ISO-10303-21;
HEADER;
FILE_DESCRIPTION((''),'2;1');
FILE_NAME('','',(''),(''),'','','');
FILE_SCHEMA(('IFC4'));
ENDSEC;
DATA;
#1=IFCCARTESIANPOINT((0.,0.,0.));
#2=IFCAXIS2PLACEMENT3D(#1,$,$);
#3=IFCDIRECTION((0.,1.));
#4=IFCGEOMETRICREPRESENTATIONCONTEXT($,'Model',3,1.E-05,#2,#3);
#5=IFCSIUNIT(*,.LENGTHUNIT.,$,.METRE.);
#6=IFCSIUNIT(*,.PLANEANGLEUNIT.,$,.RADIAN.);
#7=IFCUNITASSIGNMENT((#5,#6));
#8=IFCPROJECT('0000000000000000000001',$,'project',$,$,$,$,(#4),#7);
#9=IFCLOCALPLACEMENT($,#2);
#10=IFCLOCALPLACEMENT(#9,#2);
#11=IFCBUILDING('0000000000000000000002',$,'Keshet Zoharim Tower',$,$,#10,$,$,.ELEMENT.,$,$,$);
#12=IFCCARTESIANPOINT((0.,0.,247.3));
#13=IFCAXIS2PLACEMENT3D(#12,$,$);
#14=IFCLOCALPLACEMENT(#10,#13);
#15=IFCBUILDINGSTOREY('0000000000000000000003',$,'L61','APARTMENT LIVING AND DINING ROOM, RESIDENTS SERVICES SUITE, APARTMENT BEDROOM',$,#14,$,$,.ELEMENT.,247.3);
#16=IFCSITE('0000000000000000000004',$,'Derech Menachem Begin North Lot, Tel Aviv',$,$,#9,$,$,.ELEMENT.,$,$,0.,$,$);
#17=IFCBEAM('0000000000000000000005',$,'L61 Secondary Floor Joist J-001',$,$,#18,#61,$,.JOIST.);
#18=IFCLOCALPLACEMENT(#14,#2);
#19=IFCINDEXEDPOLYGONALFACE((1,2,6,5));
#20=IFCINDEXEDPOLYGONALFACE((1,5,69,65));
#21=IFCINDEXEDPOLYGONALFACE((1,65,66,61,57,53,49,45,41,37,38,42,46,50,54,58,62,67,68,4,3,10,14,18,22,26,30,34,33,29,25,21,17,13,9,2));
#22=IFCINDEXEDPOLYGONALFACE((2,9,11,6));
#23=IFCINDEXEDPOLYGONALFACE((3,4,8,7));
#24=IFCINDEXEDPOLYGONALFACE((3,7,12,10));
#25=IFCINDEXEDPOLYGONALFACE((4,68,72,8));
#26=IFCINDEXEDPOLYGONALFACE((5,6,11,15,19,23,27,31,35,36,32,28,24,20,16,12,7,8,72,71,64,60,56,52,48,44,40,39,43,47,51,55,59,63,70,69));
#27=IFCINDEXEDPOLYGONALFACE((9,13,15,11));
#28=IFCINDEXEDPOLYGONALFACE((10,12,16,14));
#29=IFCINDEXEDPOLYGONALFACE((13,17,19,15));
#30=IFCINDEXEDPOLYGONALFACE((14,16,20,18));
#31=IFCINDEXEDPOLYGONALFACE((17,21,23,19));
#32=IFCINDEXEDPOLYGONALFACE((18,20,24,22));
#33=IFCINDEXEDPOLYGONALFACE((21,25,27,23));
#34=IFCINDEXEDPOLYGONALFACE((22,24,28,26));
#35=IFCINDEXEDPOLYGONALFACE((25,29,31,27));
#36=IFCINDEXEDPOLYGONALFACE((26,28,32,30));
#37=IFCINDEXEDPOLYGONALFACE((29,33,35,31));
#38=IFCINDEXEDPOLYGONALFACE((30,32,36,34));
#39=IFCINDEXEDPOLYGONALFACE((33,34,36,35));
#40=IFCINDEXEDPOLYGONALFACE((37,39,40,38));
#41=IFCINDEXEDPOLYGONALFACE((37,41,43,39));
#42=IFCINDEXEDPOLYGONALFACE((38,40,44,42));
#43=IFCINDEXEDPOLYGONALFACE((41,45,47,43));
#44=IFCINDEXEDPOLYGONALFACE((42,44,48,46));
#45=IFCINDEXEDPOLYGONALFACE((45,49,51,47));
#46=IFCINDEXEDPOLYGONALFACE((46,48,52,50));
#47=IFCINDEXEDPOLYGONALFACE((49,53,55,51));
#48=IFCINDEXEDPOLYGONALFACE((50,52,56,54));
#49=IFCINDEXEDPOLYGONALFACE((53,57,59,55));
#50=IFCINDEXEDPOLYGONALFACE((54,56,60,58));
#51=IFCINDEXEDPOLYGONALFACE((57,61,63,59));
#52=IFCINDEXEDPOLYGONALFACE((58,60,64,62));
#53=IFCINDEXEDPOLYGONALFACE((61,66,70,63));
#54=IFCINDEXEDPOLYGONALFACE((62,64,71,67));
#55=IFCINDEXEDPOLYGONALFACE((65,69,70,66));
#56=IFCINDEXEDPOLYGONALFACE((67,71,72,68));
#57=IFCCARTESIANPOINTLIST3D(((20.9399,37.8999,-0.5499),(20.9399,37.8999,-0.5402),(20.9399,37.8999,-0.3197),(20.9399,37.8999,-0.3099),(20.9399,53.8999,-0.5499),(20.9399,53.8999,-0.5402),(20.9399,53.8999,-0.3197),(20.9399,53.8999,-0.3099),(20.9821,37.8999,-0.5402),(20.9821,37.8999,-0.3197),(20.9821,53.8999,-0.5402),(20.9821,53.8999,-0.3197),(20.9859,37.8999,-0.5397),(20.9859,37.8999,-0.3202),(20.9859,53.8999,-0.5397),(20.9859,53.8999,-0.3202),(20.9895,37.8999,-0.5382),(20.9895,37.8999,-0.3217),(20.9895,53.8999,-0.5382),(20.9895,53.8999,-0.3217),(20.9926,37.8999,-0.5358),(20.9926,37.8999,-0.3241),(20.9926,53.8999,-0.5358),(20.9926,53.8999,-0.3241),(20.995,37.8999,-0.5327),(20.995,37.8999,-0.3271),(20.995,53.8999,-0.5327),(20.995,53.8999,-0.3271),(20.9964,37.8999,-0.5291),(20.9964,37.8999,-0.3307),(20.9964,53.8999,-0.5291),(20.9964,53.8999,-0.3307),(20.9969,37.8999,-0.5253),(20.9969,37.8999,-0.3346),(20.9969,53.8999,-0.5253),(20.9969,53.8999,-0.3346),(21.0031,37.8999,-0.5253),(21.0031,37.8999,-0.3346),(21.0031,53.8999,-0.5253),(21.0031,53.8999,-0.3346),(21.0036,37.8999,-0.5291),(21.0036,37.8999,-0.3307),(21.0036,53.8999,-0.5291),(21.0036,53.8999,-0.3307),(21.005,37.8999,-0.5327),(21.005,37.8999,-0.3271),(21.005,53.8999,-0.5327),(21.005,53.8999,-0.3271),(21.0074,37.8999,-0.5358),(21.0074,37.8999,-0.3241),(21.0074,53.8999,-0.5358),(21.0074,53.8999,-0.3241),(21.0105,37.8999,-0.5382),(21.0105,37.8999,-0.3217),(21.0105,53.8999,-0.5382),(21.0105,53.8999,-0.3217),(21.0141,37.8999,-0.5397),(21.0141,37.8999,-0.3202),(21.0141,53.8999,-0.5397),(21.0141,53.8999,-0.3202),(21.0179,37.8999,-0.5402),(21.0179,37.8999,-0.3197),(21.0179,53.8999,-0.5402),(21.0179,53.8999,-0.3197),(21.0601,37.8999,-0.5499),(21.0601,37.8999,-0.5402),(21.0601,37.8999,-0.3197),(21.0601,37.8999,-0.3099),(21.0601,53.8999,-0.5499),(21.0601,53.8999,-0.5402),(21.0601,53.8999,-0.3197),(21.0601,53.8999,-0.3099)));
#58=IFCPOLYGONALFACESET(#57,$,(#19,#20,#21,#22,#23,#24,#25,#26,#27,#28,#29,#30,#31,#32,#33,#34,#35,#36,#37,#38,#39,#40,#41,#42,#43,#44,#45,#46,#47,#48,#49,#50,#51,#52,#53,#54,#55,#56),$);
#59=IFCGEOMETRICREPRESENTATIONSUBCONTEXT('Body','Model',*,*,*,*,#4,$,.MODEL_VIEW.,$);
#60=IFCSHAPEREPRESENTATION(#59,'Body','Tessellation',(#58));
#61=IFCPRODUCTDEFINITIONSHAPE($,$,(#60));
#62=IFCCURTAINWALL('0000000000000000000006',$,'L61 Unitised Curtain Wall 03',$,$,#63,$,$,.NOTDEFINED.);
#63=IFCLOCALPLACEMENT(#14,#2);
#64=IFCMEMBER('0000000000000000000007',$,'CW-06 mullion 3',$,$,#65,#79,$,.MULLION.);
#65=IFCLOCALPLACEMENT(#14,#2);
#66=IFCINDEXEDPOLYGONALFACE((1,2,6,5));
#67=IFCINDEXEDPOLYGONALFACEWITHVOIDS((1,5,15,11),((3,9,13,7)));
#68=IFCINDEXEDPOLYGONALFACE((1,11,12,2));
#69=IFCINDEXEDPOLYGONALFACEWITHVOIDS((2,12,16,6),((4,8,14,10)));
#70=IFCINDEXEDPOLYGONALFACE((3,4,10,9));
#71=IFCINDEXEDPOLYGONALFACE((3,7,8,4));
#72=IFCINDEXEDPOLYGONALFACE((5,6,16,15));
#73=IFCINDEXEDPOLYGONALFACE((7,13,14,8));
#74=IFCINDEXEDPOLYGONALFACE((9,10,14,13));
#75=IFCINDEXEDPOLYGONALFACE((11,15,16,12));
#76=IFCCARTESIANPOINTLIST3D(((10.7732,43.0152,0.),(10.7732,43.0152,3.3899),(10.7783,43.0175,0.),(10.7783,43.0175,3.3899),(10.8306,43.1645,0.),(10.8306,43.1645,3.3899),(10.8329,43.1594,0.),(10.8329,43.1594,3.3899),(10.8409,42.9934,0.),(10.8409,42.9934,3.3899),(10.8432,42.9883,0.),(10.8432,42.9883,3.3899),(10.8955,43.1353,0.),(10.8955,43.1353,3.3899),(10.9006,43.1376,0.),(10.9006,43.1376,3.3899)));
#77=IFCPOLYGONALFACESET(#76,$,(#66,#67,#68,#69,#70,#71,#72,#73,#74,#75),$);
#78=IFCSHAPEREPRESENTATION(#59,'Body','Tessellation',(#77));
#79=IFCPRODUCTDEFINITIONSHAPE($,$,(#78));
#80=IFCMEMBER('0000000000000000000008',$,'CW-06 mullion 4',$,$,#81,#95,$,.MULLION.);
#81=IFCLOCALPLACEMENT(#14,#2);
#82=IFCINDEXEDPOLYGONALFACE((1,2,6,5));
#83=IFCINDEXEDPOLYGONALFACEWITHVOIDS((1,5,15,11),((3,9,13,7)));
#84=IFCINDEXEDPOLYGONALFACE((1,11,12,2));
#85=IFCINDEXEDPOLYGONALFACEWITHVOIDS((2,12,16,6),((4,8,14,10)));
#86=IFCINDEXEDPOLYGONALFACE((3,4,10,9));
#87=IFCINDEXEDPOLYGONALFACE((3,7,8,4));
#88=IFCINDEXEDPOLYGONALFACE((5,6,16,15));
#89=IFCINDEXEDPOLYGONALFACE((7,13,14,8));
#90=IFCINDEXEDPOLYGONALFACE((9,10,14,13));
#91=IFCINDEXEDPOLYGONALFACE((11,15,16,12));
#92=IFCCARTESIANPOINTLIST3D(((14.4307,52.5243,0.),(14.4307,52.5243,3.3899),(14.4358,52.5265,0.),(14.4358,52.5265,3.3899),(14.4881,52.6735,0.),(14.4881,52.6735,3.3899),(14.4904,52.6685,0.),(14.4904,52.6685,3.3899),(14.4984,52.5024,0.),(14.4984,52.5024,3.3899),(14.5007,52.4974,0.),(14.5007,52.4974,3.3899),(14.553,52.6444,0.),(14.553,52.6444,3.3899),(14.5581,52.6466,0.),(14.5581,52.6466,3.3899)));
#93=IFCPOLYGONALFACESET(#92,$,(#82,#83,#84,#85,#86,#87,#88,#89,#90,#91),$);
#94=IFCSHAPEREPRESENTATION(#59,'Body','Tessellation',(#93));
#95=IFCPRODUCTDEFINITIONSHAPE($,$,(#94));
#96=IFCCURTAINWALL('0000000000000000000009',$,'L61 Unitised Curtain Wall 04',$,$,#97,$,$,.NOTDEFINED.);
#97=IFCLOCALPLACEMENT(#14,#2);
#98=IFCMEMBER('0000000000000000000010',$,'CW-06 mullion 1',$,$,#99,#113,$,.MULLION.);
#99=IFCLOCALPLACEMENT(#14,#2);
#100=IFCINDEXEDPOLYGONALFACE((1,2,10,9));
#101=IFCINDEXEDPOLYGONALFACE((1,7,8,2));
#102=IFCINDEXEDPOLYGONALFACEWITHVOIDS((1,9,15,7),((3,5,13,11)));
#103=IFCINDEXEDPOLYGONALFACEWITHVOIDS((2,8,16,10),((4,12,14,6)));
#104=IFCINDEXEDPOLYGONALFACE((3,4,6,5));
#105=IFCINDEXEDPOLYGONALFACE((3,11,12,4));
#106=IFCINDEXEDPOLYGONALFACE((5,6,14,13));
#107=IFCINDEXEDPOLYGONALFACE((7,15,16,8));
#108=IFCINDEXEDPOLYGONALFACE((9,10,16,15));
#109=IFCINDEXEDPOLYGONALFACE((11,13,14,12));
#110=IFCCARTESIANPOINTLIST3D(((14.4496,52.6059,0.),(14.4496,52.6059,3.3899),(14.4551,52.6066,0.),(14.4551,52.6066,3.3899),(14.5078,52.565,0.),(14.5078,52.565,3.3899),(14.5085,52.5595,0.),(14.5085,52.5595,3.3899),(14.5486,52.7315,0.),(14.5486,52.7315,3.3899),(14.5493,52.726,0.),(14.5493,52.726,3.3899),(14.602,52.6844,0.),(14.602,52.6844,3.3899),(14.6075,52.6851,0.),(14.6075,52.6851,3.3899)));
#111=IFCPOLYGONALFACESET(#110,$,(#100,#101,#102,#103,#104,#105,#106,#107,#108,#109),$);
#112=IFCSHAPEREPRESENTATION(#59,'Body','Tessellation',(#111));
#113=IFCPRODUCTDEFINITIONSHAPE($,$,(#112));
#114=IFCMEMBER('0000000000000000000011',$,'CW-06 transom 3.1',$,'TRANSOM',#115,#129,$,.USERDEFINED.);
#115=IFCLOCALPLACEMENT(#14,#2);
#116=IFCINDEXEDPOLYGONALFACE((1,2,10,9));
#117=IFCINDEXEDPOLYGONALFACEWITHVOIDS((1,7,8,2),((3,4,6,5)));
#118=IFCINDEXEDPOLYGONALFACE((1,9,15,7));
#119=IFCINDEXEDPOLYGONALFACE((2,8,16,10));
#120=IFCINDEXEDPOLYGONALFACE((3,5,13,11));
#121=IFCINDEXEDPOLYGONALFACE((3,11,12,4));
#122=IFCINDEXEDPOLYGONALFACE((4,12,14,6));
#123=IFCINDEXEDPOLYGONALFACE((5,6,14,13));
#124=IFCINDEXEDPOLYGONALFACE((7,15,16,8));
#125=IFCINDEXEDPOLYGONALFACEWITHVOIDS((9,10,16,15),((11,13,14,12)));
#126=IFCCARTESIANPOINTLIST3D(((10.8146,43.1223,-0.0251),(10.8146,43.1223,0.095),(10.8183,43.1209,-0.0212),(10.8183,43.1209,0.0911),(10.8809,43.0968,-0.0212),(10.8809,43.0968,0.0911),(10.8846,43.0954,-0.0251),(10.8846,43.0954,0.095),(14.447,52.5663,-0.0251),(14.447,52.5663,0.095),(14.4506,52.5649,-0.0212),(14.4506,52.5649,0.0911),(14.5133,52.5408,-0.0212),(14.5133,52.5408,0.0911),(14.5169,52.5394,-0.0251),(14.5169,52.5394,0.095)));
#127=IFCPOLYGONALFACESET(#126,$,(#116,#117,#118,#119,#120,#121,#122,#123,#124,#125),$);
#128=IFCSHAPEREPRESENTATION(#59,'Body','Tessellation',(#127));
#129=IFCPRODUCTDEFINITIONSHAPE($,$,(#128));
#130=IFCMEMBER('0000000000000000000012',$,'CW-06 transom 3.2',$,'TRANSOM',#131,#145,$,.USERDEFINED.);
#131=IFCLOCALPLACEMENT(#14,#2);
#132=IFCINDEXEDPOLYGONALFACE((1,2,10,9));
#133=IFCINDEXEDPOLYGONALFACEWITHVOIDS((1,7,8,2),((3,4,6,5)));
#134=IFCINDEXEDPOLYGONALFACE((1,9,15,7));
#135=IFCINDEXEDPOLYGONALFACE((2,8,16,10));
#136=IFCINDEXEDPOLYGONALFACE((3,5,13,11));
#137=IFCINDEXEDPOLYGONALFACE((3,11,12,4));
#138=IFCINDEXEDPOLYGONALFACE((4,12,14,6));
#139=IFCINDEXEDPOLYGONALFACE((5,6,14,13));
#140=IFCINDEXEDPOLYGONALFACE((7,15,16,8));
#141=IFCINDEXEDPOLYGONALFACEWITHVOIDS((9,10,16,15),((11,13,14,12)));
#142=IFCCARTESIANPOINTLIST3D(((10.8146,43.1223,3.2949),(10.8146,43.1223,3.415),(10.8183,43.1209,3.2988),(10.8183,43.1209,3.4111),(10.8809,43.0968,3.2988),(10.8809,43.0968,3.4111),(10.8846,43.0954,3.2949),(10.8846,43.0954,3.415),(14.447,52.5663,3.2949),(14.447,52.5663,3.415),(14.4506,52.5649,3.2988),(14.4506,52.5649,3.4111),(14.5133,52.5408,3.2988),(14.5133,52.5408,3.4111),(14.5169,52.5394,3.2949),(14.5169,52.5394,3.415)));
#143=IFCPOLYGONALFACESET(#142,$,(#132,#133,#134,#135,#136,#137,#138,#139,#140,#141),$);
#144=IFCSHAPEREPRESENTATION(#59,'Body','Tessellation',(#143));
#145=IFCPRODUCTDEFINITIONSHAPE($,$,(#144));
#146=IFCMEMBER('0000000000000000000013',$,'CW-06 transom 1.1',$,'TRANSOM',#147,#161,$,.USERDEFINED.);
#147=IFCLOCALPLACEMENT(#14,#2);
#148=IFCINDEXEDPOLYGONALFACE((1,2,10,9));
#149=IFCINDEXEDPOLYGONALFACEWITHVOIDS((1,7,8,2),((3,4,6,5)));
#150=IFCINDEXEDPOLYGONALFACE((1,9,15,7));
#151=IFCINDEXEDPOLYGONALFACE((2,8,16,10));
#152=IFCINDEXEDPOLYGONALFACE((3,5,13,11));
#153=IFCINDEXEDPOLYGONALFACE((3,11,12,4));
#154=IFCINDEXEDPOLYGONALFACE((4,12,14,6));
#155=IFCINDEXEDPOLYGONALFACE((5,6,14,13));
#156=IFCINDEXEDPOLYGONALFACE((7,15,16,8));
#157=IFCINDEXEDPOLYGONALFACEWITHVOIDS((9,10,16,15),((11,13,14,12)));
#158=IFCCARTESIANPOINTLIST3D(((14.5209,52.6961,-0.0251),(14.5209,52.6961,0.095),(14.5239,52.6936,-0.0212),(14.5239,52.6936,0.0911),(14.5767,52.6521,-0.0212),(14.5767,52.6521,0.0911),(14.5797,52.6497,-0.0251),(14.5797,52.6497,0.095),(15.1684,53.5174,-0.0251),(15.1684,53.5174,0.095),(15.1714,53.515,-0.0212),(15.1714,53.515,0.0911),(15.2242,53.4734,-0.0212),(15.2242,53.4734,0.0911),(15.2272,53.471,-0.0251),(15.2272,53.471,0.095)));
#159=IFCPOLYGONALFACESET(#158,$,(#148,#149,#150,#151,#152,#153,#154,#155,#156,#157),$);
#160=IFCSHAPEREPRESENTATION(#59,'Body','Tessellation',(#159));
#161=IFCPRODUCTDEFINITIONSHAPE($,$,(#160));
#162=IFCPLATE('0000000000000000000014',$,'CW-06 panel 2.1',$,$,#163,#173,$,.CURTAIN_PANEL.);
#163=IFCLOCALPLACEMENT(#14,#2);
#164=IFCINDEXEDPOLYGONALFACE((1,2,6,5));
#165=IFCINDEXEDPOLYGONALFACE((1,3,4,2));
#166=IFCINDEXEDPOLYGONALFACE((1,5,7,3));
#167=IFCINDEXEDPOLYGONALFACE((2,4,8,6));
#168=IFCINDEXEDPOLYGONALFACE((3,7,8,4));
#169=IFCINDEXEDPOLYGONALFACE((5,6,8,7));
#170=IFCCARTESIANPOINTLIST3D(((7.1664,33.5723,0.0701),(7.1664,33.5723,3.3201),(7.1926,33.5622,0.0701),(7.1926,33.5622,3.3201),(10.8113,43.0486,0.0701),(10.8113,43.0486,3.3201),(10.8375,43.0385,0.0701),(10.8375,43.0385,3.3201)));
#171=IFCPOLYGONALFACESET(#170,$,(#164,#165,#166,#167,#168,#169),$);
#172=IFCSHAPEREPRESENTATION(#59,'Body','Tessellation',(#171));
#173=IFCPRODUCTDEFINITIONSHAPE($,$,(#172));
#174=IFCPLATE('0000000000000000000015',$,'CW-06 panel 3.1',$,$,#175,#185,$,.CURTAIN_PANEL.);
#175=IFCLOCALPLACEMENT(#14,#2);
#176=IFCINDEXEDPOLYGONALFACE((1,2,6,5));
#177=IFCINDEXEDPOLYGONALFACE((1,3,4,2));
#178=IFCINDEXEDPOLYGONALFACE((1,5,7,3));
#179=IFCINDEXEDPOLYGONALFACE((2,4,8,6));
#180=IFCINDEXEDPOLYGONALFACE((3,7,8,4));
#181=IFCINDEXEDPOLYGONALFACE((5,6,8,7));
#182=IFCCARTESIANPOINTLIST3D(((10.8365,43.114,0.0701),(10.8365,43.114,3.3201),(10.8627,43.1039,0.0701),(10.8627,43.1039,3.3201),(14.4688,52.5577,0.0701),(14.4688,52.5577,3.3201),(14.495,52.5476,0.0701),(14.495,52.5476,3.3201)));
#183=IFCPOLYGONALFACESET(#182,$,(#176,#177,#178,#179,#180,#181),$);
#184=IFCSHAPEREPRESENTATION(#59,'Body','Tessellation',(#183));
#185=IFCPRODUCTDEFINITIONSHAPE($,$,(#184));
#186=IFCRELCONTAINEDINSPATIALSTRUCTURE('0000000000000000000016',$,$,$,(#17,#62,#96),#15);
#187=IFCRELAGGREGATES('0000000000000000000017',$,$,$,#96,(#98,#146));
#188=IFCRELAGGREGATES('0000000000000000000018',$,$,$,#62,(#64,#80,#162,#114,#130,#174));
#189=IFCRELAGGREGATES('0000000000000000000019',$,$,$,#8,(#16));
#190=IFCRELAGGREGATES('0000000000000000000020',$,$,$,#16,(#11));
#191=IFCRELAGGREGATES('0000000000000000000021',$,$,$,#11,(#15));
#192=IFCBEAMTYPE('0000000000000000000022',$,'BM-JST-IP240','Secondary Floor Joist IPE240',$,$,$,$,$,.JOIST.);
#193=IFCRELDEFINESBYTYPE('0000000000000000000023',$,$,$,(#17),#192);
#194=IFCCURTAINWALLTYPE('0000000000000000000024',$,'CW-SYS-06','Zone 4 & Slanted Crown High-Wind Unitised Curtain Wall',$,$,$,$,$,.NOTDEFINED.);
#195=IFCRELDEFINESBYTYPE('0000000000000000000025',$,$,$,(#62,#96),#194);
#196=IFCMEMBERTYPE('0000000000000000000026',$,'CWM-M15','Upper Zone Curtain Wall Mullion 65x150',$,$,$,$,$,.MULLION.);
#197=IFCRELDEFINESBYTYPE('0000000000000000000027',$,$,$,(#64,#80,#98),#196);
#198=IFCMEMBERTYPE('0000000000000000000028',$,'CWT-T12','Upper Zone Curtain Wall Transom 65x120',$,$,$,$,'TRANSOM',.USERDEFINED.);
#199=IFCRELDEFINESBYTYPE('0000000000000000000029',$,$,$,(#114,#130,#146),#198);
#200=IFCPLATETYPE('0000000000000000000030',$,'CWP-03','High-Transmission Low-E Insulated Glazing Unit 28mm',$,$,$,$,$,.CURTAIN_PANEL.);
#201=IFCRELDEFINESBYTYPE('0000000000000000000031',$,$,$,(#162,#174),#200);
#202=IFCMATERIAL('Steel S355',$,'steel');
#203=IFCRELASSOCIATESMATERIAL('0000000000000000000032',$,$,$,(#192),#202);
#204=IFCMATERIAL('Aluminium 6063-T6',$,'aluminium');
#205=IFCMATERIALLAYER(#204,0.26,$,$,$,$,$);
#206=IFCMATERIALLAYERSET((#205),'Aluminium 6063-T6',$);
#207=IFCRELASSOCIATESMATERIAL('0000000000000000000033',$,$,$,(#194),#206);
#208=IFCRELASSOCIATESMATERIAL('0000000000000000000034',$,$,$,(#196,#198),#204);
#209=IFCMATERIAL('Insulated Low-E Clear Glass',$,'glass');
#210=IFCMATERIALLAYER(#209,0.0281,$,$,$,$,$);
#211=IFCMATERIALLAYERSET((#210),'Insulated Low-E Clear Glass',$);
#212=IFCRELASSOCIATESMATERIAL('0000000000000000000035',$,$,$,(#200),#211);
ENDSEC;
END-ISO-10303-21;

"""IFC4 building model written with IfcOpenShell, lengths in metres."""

from ifc_helpers import new_model, si_unit, direction, frame, origin, origin_2d, place, context, subcontext, project, spatial, rectangle, hollow_rectangle, i_section, extrude, material, layer, layer_set, material_profile, profile_set, type_object, element, aggregate, save


model = new_model("IFC4")

# Units and contexts
model_context = context("Model", 3, precision=1e-05, world=origin(), true_north=direction((0.0, 1.0)))
body_context = subcontext(model_context, "Body", "Model", "MODEL_VIEW")
ifc_project = project(units=[si_unit("LENGTHUNIT", "METRE"), si_unit("PLANEANGLEUNIT", "RADIAN")], contexts=[model_context])

# Site, building, storey
site_placement = place(None, origin())
site = spatial("IfcSite", under=ifc_project, at=site_placement, Name="Derech Menachem Begin North Lot, Tel Aviv", CompositionType="ELEMENT", RefElevation=0.0)
building_placement = place(site_placement, origin())
building = spatial("IfcBuilding", under=site, at=building_placement, Name="Keshet Zoharim Tower", CompositionType="ELEMENT")
storey_placement = place(building_placement, frame((0.0, 0.0, 247.3)))
storey = spatial("IfcBuildingStorey", under=building, at=storey_placement, Name="L61", Description="APARTMENT LIVING AND DINING ROOM, RESIDENTS SERVICES SUITE, APARTMENT BEDROOM", CompositionType="ELEMENT", Elevation=247.3)

# Beam
ifc_material_1 = material(Name="Steel S355", Category="steel")
ifc_material_profile_1 = material_profile(ifc_material_1, i_section(OverallWidth=0.1201, OverallDepth=0.24, WebThickness=0.0061, FlangeThickness=0.0098, FilletRadius=0.0149, at=origin_2d()), Name="IPE240")
ifc_profile_set_1 = profile_set([ifc_material_profile_1], Name="Steel S355")
beam_type = type_object("IfcBeamType", Name="BM-JST-IP240", Description="Secondary Floor Joist IPE240", PredefinedType="JOIST", material=ifc_profile_set_1)
beam_placement = place(storey_placement, frame((21.0, 37.8999, -0.4299), z_axis=(0.0, 1.0, 0.0), x_axis=(-1.0, 0.0, 0.0)))
element("IfcBeam", 1, at=beam_placement, inside=storey, type_object=beam_type, Name="L61 Secondary Floor Joist J-001", PredefinedType="JOIST", context=body_context, shape_type="SweptSolid", body=[
    extrude(i_section(OverallWidth=0.1201, OverallDepth=0.24, WebThickness=0.0061, FlangeThickness=0.0098, FilletRadius=0.0149, at=origin_2d()), origin(), (0.0, 0.0, 1.0), 16.0),
])

# Curtain wall, members
ifc_material_2 = material(Name="Aluminium 6063-T6", Category="aluminium")
ifc_layer_1 = layer(ifc_material_2, 0.26)
ifc_layer_set_1 = layer_set([ifc_layer_1], Name="Aluminium 6063-T6")
curtain_wall_type = type_object("IfcCurtainWallType", Name="CW-SYS-06", Description="Zone 4 & Slanted Crown High-Wind Unitised Curtain Wall", PredefinedType="NOTDEFINED", material=ifc_layer_set_1)
curtain_wall_1_placement = place(storey_placement, origin())
curtain_wall_1 = element("IfcCurtainWall", 2, at=curtain_wall_1_placement, inside=storey, type_object=curtain_wall_type, Name="L61 Unitised Curtain Wall 03", PredefinedType="NOTDEFINED")
ifc_material_profile_2 = material_profile(ifc_material_2, hollow_rectangle(XDim=0.075, YDim=0.1599, WallThickness=0.0039, at=origin_2d()), Name="MUL-75x160")
ifc_profile_set_2 = profile_set([ifc_material_profile_2], Name="Aluminium 6063-T6")
member_type_1 = type_object("IfcMemberType", Name="CWM-M15", Description="Upper Zone Curtain Wall Mullion 65x150", PredefinedType="MULLION", material=ifc_profile_set_2)
member_1_placement = place(storey_placement, frame((10.8369, 43.0764, 0.0), z_axis=(0.0, 0.0, 1.0), x_axis=(-0.933341, 0.35899, 0.0)))
member_1 = element("IfcMember", 3, at=member_1_placement, type_object=member_type_1, Name="CW-06 mullion 3", PredefinedType="MULLION", context=body_context, shape_type="SweptSolid", body=[
    extrude(hollow_rectangle(XDim=0.075, YDim=0.1599, WallThickness=0.0039, at=origin_2d()), origin(), (0.0, 0.0, 1.0), 3.3899),
])
member_2_placement = place(storey_placement, frame((14.4944, 52.5854, 0.0), z_axis=(0.0, 0.0, 1.0), x_axis=(-0.933341, 0.35899, 0.0)))
member_2 = element("IfcMember", 4, at=member_2_placement, type_object=member_type_1, Name="CW-06 mullion 4", PredefinedType="MULLION", context=body_context, shape_type="SweptSolid", body=[
    extrude(hollow_rectangle(XDim=0.075, YDim=0.1599, WallThickness=0.0039, at=origin_2d()), origin(), (0.0, 0.0, 1.0), 3.3899),
])

# Curtain wall, member
curtain_wall_2_placement = place(storey_placement, origin())
curtain_wall_2 = element("IfcCurtainWall", 5, at=curtain_wall_2_placement, inside=storey, type_object=curtain_wall_type, Name="L61 Unitised Curtain Wall 04", PredefinedType="NOTDEFINED")
member_3_placement = place(storey_placement, frame((14.5286, 52.6455, 0.0), z_axis=(0.0, 0.0, 1.0), x_axis=(-0.785293, 0.619125, 0.0)))
member_3 = element("IfcMember", 6, at=member_3_placement, type_object=member_type_1, Name="CW-06 mullion 1", PredefinedType="MULLION", context=body_context, shape_type="SweptSolid", body=[
    extrude(hollow_rectangle(XDim=0.075, YDim=0.1599, WallThickness=0.0039, at=origin_2d()), origin(), (0.0, 0.0, 1.0), 3.3899),
])

# Members
ifc_material_profile_3 = material_profile(ifc_material_2, hollow_rectangle(XDim=0.075, YDim=0.1201, WallThickness=0.0039, at=origin_2d()), Name="TRN-75x120")
ifc_profile_set_3 = profile_set([ifc_material_profile_3], Name="Aluminium 6063-T6")
member_type_2 = type_object("IfcMemberType", Name="CWT-T12", Description="Upper Zone Curtain Wall Transom 65x120", ElementType="TRANSOM", PredefinedType="USERDEFINED", material=ifc_profile_set_3)
member_4_placement = place(storey_placement, frame((10.8496, 43.1089, 0.0349), z_axis=(0.358986, 0.933343, 0.0), x_axis=(-0.933343, 0.358986, 0.0)))
member_4 = element("IfcMember", 7, at=member_4_placement, type_object=member_type_2, Name="CW-06 transom 3.1", ObjectType="TRANSOM", PredefinedType="USERDEFINED", context=body_context, shape_type="SweptSolid", body=[
    extrude(hollow_rectangle(XDim=0.075, YDim=0.1201, WallThickness=0.0039, at=origin_2d()), origin(), (0.0, 0.0, 1.0), 10.1184),
])
member_5_placement = place(storey_placement, frame((10.8496, 43.1089, 3.355), z_axis=(0.358986, 0.933343, 0.0), x_axis=(-0.933343, 0.358986, 0.0)))
member_5 = element("IfcMember", 8, at=member_5_placement, type_object=member_type_2, Name="CW-06 transom 3.2", ObjectType="TRANSOM", PredefinedType="USERDEFINED", context=body_context, shape_type="SweptSolid", body=[
    extrude(hollow_rectangle(XDim=0.075, YDim=0.1201, WallThickness=0.0039, at=origin_2d()), origin(), (0.0, 0.0, 1.0), 10.1184),
])
member_6_placement = place(storey_placement, frame((14.5503, 52.6729, 0.0349), z_axis=(0.619099, 0.785313, 0.0), x_axis=(-0.785313, 0.619099, 0.0)))
member_6 = element("IfcMember", 9, at=member_6_placement, type_object=member_type_2, Name="CW-06 transom 1.1", ObjectType="TRANSOM", PredefinedType="USERDEFINED", context=body_context, shape_type="SweptSolid", body=[
    extrude(hollow_rectangle(XDim=0.075, YDim=0.1201, WallThickness=0.0039, at=origin_2d()), origin(), (0.0, 0.0, 1.0), 1.0459),
])
aggregate(curtain_wall_2, [member_3, member_6])

# Plates
ifc_material_3 = material(Name="Insulated Low-E Clear Glass", Category="glass")
ifc_layer_2 = layer(ifc_material_3, 0.0281)
ifc_layer_set_2 = layer_set([ifc_layer_2], Name="Insulated Low-E Clear Glass")
plate_type = type_object("IfcPlateType", Name="CWP-03", Description="High-Transmission Low-E Insulated Glazing Unit 28mm", PredefinedType="CURTAIN_PANEL", material=ifc_layer_set_2)
plate_1_placement = place(storey_placement, frame((9.002, 38.3054, 0.0701), z_axis=(0.0, 0.0, 1.0), x_axis=(0.35899, 0.933341, 0.0)))
plate_1 = element("IfcPlate", 10, at=plate_1_placement, type_object=plate_type, Name="CW-06 panel 2.1", PredefinedType="CURTAIN_PANEL", context=body_context, shape_type="SweptSolid", body=[
    extrude(rectangle(XDim=10.1531, YDim=0.0281, at=origin_2d()), origin(), (0.0, 0.0, 1.0), 3.25),
])
plate_2_placement = place(storey_placement, frame((12.6658, 47.8308, 0.0701), z_axis=(0.0, 0.0, 1.0), x_axis=(0.35899, 0.933341, 0.0)))
plate_2 = element("IfcPlate", 11, at=plate_2_placement, type_object=plate_type, Name="CW-06 panel 3.1", PredefinedType="CURTAIN_PANEL", context=body_context, shape_type="SweptSolid", body=[
    extrude(rectangle(XDim=10.1182, YDim=0.0281, at=origin_2d()), origin(), (0.0, 0.0, 1.0), 3.25),
])
aggregate(curtain_wall_1, [member_1, member_2, plate_1, member_4, member_5, plate_2])

save(model, "model.ifc")
